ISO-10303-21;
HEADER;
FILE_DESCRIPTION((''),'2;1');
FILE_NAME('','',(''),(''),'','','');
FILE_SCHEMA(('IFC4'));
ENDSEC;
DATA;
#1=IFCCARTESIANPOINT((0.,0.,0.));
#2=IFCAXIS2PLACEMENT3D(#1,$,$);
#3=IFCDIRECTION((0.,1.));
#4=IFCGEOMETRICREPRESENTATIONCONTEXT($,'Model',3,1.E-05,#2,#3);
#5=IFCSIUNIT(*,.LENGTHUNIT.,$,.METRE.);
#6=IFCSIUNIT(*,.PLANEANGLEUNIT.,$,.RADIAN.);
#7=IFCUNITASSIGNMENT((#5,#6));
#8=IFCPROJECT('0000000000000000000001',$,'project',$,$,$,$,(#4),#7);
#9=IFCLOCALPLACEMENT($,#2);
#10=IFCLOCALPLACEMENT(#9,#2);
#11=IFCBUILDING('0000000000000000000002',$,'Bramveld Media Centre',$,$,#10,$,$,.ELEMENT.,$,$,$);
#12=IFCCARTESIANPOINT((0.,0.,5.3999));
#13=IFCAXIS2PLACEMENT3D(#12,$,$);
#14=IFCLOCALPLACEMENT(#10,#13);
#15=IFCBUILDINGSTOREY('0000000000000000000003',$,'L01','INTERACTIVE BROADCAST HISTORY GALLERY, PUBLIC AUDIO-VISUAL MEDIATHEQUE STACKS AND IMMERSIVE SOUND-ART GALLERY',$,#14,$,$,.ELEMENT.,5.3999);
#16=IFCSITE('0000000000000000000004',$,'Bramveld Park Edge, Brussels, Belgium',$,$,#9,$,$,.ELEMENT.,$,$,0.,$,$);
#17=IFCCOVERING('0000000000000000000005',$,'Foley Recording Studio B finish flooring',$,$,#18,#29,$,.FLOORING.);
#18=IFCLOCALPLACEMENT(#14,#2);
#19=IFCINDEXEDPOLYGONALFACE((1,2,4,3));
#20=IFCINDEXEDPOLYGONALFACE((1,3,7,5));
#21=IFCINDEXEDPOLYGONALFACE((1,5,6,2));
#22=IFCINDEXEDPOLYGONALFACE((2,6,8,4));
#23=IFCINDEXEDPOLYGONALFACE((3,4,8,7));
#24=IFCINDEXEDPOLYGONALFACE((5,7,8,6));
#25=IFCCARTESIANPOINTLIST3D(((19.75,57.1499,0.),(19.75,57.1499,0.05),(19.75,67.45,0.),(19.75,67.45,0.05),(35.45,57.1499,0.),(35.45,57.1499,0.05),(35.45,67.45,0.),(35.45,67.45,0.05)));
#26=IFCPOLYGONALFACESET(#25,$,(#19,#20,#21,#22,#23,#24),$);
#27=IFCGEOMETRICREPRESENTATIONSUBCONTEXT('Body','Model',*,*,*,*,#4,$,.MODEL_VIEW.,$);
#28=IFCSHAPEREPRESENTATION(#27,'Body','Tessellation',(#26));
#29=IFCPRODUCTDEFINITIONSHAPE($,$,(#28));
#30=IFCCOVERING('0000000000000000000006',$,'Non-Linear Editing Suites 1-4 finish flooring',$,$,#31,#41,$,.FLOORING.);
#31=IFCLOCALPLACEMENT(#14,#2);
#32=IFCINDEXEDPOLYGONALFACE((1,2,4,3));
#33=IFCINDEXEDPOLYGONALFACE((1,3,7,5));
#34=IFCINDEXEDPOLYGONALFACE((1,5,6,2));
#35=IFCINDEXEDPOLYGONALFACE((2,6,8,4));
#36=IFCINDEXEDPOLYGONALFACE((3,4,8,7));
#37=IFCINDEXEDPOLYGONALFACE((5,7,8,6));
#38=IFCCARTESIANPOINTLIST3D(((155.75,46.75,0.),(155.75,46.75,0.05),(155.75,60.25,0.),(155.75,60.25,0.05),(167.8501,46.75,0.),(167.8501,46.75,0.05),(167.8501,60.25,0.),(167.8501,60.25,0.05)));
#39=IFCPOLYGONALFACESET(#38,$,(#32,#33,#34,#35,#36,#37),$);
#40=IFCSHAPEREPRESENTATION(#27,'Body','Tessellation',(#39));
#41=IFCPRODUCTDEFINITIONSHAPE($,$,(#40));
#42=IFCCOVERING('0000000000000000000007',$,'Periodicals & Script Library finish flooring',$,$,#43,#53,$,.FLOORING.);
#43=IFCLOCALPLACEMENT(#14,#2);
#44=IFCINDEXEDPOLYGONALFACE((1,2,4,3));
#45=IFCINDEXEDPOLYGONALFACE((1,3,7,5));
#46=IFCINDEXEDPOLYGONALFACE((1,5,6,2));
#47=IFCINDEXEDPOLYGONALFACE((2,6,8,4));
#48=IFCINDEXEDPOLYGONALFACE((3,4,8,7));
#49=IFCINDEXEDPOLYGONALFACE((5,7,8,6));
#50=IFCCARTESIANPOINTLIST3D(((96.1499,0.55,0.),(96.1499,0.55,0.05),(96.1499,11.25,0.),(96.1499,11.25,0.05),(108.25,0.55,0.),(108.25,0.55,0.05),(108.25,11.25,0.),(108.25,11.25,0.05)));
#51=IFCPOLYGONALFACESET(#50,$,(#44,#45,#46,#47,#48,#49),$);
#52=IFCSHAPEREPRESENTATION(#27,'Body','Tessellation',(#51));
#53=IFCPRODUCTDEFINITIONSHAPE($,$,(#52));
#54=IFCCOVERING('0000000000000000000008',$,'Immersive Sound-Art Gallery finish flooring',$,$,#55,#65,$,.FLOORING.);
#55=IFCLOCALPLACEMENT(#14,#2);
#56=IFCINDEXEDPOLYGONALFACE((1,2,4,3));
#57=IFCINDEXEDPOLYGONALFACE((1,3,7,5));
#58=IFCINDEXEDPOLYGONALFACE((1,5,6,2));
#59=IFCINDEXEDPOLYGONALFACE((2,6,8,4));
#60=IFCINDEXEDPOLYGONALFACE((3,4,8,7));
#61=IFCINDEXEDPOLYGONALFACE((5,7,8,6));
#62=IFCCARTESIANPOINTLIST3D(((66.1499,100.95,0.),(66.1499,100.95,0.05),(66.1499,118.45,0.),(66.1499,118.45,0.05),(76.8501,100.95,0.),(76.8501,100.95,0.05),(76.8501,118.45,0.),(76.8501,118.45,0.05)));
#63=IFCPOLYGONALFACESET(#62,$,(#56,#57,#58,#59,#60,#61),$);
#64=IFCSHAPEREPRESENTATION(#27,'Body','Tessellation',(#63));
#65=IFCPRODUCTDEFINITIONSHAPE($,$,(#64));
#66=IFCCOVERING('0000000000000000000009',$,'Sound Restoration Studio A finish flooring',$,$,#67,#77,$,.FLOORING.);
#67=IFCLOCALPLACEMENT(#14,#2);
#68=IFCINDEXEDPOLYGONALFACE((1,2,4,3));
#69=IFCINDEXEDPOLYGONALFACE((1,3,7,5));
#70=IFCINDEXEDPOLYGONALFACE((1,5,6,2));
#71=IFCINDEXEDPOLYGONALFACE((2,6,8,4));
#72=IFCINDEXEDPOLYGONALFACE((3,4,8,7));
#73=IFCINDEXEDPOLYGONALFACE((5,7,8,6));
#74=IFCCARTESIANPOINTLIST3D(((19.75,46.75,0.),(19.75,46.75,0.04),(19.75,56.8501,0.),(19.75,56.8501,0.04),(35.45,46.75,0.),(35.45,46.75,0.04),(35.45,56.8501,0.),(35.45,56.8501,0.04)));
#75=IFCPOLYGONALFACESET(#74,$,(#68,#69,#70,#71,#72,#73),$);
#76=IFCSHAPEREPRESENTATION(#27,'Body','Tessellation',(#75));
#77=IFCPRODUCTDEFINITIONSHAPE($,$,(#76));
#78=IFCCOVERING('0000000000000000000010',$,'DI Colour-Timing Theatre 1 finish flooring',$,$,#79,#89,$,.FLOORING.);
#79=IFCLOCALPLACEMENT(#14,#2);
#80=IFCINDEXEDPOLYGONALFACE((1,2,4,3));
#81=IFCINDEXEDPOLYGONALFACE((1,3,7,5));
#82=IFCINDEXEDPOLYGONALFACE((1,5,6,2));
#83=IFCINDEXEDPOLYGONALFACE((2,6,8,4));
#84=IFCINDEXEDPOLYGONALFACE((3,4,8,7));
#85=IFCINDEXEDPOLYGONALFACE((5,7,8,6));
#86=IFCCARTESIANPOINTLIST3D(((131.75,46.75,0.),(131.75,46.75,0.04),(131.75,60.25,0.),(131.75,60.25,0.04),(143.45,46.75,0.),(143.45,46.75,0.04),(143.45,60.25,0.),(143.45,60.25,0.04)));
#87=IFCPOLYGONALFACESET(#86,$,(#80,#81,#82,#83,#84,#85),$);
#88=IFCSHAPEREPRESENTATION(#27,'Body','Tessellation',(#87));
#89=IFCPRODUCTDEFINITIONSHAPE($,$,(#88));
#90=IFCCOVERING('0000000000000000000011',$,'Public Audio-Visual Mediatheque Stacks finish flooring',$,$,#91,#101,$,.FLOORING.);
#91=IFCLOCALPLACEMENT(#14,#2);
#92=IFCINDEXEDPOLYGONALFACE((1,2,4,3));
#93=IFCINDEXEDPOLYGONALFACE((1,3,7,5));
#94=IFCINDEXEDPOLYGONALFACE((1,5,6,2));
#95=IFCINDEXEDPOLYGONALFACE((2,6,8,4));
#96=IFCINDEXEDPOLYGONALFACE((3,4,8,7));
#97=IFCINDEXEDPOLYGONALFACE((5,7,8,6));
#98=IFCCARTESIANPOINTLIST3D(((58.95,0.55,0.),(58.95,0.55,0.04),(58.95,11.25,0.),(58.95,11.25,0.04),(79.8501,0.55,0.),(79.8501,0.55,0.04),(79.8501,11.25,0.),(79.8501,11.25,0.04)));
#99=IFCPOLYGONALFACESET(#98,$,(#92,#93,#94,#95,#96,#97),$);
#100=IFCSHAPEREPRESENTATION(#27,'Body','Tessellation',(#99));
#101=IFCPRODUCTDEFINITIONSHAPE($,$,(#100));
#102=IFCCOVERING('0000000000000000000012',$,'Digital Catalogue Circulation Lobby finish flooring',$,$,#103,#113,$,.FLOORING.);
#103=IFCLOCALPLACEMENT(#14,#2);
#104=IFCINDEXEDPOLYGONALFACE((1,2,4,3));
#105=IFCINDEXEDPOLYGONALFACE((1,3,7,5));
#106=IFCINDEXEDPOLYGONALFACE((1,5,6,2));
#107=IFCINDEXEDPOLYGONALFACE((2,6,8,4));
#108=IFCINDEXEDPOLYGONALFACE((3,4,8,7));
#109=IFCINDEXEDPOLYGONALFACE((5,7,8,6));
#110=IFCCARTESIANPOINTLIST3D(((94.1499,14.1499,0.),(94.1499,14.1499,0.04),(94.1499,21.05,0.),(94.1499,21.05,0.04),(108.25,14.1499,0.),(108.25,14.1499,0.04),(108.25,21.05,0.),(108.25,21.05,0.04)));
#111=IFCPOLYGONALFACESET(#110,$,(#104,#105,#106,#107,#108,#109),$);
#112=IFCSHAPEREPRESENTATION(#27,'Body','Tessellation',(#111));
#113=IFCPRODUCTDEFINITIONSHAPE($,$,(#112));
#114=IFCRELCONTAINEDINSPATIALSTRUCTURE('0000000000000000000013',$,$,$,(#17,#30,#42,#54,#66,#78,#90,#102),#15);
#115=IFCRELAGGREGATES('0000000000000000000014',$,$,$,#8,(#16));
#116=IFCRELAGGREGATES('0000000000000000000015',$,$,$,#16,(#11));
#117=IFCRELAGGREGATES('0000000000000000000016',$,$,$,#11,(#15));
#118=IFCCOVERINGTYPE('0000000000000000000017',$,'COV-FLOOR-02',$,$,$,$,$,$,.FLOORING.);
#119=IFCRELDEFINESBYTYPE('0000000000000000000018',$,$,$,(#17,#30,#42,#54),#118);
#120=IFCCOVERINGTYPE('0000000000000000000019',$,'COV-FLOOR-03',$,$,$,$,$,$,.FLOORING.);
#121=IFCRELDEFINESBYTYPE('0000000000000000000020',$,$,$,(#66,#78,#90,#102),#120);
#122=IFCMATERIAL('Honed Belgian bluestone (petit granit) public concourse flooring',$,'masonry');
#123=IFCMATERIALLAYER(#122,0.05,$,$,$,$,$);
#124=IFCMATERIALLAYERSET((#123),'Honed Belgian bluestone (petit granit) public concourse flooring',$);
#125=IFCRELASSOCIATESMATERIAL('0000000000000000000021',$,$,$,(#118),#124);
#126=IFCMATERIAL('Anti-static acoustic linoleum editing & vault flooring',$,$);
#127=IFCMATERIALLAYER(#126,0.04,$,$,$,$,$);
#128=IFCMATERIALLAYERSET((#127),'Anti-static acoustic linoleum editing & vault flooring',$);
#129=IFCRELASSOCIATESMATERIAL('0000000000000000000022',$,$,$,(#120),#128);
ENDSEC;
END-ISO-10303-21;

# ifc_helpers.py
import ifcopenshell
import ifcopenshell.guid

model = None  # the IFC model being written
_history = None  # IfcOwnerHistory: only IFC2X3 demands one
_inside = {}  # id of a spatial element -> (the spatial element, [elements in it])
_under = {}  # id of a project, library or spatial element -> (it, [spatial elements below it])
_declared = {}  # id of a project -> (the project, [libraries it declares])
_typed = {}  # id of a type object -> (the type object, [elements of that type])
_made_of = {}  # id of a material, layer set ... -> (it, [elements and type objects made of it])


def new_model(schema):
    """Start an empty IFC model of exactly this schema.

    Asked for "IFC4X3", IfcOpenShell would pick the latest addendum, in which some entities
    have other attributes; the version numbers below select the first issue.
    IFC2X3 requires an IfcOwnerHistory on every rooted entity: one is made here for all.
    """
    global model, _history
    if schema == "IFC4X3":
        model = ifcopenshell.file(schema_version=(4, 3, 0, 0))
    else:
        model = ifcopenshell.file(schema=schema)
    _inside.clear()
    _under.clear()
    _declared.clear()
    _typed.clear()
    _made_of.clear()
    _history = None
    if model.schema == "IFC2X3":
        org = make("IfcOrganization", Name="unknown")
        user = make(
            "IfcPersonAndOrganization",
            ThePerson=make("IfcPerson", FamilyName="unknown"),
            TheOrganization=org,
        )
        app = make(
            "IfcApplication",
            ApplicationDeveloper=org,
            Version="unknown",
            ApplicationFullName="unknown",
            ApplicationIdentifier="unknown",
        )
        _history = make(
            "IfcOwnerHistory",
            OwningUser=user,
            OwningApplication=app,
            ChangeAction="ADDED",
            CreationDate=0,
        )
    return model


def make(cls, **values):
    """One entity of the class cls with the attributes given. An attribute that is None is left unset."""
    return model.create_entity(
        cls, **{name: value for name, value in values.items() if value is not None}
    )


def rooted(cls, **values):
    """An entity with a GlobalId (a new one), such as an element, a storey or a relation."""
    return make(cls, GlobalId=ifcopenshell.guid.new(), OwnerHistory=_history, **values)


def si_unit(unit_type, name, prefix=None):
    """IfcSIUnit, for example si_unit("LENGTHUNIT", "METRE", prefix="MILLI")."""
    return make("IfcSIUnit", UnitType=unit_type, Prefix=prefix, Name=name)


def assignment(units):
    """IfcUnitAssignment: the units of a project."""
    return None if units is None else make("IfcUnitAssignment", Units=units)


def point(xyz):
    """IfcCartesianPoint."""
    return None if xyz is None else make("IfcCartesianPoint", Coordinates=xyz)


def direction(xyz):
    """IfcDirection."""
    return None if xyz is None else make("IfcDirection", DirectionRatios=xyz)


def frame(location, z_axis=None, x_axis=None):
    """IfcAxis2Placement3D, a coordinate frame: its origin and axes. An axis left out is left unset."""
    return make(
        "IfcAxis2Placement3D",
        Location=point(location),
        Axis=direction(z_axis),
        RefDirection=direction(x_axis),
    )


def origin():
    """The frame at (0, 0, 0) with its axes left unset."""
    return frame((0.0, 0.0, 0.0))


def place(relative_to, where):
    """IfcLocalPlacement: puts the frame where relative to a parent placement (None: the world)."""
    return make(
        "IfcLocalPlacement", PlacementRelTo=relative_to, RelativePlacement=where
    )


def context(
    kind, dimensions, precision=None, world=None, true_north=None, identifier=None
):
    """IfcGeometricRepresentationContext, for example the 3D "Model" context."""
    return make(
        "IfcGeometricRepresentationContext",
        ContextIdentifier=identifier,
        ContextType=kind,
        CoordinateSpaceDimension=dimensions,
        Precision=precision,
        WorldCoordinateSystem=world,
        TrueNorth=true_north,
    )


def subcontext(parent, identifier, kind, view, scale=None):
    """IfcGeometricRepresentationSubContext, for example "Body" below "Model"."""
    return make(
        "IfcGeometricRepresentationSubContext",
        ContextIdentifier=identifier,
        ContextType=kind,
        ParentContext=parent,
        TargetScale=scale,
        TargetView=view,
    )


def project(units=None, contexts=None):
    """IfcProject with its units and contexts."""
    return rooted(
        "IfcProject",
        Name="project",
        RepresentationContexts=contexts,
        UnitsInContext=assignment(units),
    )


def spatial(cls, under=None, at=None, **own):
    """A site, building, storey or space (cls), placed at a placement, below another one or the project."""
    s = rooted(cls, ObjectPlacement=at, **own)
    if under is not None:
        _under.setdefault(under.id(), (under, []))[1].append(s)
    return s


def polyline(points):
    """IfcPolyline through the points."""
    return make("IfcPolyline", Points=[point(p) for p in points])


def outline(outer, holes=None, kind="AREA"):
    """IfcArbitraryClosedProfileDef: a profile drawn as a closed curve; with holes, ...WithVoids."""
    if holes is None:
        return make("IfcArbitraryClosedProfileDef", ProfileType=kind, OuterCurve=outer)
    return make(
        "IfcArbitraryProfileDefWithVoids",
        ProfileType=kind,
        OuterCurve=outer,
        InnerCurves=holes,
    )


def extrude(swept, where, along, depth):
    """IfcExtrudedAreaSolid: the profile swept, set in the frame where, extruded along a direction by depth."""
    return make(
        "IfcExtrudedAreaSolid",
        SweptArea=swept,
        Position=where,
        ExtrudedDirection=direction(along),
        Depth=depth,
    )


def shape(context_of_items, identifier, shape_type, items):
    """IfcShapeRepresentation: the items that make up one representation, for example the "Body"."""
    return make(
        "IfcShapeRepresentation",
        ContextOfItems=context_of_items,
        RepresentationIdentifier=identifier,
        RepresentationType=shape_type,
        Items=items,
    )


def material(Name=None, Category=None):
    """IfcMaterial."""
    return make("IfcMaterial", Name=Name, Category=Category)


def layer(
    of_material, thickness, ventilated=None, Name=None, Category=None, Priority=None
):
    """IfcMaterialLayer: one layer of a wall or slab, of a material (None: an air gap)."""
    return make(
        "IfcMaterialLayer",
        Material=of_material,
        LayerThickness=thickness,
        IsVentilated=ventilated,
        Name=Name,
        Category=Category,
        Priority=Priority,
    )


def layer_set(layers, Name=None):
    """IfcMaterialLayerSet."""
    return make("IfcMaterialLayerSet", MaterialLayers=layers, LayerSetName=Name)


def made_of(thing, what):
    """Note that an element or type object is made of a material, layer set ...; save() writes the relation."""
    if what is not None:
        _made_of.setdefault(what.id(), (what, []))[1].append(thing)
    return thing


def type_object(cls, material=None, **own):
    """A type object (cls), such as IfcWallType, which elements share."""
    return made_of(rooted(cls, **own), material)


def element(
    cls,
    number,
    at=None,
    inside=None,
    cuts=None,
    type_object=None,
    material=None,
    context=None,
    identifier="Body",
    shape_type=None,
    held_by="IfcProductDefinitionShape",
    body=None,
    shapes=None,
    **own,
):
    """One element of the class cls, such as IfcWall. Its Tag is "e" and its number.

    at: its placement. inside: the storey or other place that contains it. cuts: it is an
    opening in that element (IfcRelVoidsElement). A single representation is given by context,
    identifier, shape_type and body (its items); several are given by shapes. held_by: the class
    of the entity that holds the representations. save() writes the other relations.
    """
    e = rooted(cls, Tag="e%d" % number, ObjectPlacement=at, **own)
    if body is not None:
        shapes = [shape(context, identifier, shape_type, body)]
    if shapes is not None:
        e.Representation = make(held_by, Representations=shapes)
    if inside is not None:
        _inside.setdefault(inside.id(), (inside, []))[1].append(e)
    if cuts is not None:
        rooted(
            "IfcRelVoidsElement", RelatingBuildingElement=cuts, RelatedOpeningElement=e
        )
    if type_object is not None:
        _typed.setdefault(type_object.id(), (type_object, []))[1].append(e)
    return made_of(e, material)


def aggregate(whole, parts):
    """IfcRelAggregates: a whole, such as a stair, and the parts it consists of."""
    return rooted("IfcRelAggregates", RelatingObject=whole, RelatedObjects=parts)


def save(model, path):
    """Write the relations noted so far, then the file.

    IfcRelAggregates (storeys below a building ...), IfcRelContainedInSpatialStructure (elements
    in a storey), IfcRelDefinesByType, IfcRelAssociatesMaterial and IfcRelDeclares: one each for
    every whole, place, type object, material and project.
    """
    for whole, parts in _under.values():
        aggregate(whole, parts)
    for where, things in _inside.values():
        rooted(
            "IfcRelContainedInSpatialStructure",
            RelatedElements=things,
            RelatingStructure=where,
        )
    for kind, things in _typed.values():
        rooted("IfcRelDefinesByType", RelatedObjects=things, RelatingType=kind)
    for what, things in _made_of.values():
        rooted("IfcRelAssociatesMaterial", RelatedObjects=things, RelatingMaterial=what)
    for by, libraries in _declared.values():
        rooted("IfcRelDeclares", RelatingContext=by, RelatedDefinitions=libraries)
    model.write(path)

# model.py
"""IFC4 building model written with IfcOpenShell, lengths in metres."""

from ifc_helpers import new_model, si_unit, direction, frame, origin, place, context, subcontext, project, spatial, polyline, outline, extrude, material, layer, layer_set, type_object, element, save


model = new_model("IFC4")

# Units and contexts
model_context = context("Model", 3, precision=1e-05, world=origin(), true_north=direction((0.0, 1.0)))
body_context = subcontext(model_context, "Body", "Model", "MODEL_VIEW")
ifc_project = project(units=[si_unit("LENGTHUNIT", "METRE"), si_unit("PLANEANGLEUNIT", "RADIAN")], contexts=[model_context])

# Site, building, storey
site_placement = place(None, origin())
site = spatial("IfcSite", under=ifc_project, at=site_placement, Name="Bramveld Park Edge, Brussels, Belgium", CompositionType="ELEMENT", RefElevation=0.0)
building_placement = place(site_placement, origin())
building = spatial("IfcBuilding", under=site, at=building_placement, Name="Bramveld Media Centre", CompositionType="ELEMENT")
storey_placement = place(building_placement, frame((0.0, 0.0, 5.3999)))
storey = spatial("IfcBuildingStorey", under=building, at=storey_placement, Name="L01", Description="INTERACTIVE BROADCAST HISTORY GALLERY, PUBLIC AUDIO-VISUAL MEDIATHEQUE STACKS AND IMMERSIVE SOUND-ART GALLERY", CompositionType="ELEMENT", Elevation=5.3999)

# Coverings
ifc_material_1 = material(Name="Honed Belgian bluestone (petit granit) public concourse flooring", Category="masonry")
ifc_layer_1 = layer(ifc_material_1, 0.05)
ifc_layer_set_1 = layer_set([ifc_layer_1], Name="Honed Belgian bluestone (petit granit) public concourse flooring")
covering_type_1 = type_object("IfcCoveringType", Name="COV-FLOOR-02", PredefinedType="FLOORING", material=ifc_layer_set_1)
covering_1_placement = place(storey_placement, origin())
element("IfcCovering", 1, at=covering_1_placement, inside=storey, type_object=covering_type_1, Name="Foley Recording Studio B finish flooring", PredefinedType="FLOORING", context=body_context, shape_type="SweptSolid", body=[
    extrude(outline(polyline([(19.75, 57.1499), (35.45, 57.1499), (35.45, 67.45), (19.75, 67.45), (19.75, 57.1499)])), origin(), (0.0, 0.0, 1.0), 0.05),
])
covering_2_placement = place(storey_placement, origin())
element("IfcCovering", 2, at=covering_2_placement, inside=storey, type_object=covering_type_1, Name="Non-Linear Editing Suites 1-4 finish flooring", PredefinedType="FLOORING", context=body_context, shape_type="SweptSolid", body=[
    extrude(outline(polyline([(155.75, 46.75), (167.8501, 46.75), (167.8501, 60.25), (155.75, 60.25), (155.75, 46.75)])), origin(), (0.0, 0.0, 1.0), 0.05),
])
covering_3_placement = place(storey_placement, origin())
element("IfcCovering", 3, at=covering_3_placement, inside=storey, type_object=covering_type_1, Name="Periodicals & Script Library finish flooring", PredefinedType="FLOORING", context=body_context, shape_type="SweptSolid", body=[
    extrude(outline(polyline([(96.1499, 0.55), (108.25, 0.55), (108.25, 11.25), (96.1499, 11.25), (96.1499, 0.55)])), origin(), (0.0, 0.0, 1.0), 0.05),
])
covering_4_placement = place(storey_placement, origin())
element("IfcCovering", 4, at=covering_4_placement, inside=storey, type_object=covering_type_1, Name="Immersive Sound-Art Gallery finish flooring", PredefinedType="FLOORING", context=body_context, shape_type="SweptSolid", body=[
    extrude(outline(polyline([(66.1499, 100.95), (76.8501, 100.95), (76.8501, 118.45), (66.1499, 118.45), (66.1499, 100.95)])), origin(), (0.0, 0.0, 1.0), 0.05),
])
ifc_material_2 = material(Name="Anti-static acoustic linoleum editing & vault flooring")
ifc_layer_2 = layer(ifc_material_2, 0.04)
ifc_layer_set_2 = layer_set([ifc_layer_2], Name="Anti-static acoustic linoleum editing & vault flooring")
covering_type_2 = type_object("IfcCoveringType", Name="COV-FLOOR-03", PredefinedType="FLOORING", material=ifc_layer_set_2)
covering_5_placement = place(storey_placement, origin())
element("IfcCovering", 5, at=covering_5_placement, inside=storey, type_object=covering_type_2, Name="Sound Restoration Studio A finish flooring", PredefinedType="FLOORING", context=body_context, shape_type="SweptSolid", body=[
    extrude(outline(polyline([(19.75, 46.75), (35.45, 46.75), (35.45, 56.8501), (19.75, 56.8501), (19.75, 46.75)])), origin(), (0.0, 0.0, 1.0), 0.04),
])
covering_6_placement = place(storey_placement, origin())
element("IfcCovering", 6, at=covering_6_placement, inside=storey, type_object=covering_type_2, Name="DI Colour-Timing Theatre 1 finish flooring", PredefinedType="FLOORING", context=body_context, shape_type="SweptSolid", body=[
    extrude(outline(polyline([(131.75, 46.75), (143.45, 46.75), (143.45, 60.25), (131.75, 60.25), (131.75, 46.75)])), origin(), (0.0, 0.0, 1.0), 0.04),
])
covering_7_placement = place(storey_placement, origin())
element("IfcCovering", 7, at=covering_7_placement, inside=storey, type_object=covering_type_2, Name="Public Audio-Visual Mediatheque Stacks finish flooring", PredefinedType="FLOORING", context=body_context, shape_type="SweptSolid", body=[
    extrude(outline(polyline([(58.95, 0.55), (79.8501, 0.55), (79.8501, 11.25), (58.95, 11.25), (58.95, 0.55)])), origin(), (0.0, 0.0, 1.0), 0.04),
])
covering_8_placement = place(storey_placement, origin())
element("IfcCovering", 8, at=covering_8_placement, inside=storey, type_object=covering_type_2, Name="Digital Catalogue Circulation Lobby finish flooring", PredefinedType="FLOORING", context=body_context, shape_type="SweptSolid", body=[
    extrude(outline(polyline([(94.1499, 14.1499), (108.25, 14.1499), (108.25, 21.05), (94.1499, 21.05), (94.1499, 14.1499)])), origin(), (0.0, 0.0, 1.0), 0.04),
])

save(model, "model.ifc")
